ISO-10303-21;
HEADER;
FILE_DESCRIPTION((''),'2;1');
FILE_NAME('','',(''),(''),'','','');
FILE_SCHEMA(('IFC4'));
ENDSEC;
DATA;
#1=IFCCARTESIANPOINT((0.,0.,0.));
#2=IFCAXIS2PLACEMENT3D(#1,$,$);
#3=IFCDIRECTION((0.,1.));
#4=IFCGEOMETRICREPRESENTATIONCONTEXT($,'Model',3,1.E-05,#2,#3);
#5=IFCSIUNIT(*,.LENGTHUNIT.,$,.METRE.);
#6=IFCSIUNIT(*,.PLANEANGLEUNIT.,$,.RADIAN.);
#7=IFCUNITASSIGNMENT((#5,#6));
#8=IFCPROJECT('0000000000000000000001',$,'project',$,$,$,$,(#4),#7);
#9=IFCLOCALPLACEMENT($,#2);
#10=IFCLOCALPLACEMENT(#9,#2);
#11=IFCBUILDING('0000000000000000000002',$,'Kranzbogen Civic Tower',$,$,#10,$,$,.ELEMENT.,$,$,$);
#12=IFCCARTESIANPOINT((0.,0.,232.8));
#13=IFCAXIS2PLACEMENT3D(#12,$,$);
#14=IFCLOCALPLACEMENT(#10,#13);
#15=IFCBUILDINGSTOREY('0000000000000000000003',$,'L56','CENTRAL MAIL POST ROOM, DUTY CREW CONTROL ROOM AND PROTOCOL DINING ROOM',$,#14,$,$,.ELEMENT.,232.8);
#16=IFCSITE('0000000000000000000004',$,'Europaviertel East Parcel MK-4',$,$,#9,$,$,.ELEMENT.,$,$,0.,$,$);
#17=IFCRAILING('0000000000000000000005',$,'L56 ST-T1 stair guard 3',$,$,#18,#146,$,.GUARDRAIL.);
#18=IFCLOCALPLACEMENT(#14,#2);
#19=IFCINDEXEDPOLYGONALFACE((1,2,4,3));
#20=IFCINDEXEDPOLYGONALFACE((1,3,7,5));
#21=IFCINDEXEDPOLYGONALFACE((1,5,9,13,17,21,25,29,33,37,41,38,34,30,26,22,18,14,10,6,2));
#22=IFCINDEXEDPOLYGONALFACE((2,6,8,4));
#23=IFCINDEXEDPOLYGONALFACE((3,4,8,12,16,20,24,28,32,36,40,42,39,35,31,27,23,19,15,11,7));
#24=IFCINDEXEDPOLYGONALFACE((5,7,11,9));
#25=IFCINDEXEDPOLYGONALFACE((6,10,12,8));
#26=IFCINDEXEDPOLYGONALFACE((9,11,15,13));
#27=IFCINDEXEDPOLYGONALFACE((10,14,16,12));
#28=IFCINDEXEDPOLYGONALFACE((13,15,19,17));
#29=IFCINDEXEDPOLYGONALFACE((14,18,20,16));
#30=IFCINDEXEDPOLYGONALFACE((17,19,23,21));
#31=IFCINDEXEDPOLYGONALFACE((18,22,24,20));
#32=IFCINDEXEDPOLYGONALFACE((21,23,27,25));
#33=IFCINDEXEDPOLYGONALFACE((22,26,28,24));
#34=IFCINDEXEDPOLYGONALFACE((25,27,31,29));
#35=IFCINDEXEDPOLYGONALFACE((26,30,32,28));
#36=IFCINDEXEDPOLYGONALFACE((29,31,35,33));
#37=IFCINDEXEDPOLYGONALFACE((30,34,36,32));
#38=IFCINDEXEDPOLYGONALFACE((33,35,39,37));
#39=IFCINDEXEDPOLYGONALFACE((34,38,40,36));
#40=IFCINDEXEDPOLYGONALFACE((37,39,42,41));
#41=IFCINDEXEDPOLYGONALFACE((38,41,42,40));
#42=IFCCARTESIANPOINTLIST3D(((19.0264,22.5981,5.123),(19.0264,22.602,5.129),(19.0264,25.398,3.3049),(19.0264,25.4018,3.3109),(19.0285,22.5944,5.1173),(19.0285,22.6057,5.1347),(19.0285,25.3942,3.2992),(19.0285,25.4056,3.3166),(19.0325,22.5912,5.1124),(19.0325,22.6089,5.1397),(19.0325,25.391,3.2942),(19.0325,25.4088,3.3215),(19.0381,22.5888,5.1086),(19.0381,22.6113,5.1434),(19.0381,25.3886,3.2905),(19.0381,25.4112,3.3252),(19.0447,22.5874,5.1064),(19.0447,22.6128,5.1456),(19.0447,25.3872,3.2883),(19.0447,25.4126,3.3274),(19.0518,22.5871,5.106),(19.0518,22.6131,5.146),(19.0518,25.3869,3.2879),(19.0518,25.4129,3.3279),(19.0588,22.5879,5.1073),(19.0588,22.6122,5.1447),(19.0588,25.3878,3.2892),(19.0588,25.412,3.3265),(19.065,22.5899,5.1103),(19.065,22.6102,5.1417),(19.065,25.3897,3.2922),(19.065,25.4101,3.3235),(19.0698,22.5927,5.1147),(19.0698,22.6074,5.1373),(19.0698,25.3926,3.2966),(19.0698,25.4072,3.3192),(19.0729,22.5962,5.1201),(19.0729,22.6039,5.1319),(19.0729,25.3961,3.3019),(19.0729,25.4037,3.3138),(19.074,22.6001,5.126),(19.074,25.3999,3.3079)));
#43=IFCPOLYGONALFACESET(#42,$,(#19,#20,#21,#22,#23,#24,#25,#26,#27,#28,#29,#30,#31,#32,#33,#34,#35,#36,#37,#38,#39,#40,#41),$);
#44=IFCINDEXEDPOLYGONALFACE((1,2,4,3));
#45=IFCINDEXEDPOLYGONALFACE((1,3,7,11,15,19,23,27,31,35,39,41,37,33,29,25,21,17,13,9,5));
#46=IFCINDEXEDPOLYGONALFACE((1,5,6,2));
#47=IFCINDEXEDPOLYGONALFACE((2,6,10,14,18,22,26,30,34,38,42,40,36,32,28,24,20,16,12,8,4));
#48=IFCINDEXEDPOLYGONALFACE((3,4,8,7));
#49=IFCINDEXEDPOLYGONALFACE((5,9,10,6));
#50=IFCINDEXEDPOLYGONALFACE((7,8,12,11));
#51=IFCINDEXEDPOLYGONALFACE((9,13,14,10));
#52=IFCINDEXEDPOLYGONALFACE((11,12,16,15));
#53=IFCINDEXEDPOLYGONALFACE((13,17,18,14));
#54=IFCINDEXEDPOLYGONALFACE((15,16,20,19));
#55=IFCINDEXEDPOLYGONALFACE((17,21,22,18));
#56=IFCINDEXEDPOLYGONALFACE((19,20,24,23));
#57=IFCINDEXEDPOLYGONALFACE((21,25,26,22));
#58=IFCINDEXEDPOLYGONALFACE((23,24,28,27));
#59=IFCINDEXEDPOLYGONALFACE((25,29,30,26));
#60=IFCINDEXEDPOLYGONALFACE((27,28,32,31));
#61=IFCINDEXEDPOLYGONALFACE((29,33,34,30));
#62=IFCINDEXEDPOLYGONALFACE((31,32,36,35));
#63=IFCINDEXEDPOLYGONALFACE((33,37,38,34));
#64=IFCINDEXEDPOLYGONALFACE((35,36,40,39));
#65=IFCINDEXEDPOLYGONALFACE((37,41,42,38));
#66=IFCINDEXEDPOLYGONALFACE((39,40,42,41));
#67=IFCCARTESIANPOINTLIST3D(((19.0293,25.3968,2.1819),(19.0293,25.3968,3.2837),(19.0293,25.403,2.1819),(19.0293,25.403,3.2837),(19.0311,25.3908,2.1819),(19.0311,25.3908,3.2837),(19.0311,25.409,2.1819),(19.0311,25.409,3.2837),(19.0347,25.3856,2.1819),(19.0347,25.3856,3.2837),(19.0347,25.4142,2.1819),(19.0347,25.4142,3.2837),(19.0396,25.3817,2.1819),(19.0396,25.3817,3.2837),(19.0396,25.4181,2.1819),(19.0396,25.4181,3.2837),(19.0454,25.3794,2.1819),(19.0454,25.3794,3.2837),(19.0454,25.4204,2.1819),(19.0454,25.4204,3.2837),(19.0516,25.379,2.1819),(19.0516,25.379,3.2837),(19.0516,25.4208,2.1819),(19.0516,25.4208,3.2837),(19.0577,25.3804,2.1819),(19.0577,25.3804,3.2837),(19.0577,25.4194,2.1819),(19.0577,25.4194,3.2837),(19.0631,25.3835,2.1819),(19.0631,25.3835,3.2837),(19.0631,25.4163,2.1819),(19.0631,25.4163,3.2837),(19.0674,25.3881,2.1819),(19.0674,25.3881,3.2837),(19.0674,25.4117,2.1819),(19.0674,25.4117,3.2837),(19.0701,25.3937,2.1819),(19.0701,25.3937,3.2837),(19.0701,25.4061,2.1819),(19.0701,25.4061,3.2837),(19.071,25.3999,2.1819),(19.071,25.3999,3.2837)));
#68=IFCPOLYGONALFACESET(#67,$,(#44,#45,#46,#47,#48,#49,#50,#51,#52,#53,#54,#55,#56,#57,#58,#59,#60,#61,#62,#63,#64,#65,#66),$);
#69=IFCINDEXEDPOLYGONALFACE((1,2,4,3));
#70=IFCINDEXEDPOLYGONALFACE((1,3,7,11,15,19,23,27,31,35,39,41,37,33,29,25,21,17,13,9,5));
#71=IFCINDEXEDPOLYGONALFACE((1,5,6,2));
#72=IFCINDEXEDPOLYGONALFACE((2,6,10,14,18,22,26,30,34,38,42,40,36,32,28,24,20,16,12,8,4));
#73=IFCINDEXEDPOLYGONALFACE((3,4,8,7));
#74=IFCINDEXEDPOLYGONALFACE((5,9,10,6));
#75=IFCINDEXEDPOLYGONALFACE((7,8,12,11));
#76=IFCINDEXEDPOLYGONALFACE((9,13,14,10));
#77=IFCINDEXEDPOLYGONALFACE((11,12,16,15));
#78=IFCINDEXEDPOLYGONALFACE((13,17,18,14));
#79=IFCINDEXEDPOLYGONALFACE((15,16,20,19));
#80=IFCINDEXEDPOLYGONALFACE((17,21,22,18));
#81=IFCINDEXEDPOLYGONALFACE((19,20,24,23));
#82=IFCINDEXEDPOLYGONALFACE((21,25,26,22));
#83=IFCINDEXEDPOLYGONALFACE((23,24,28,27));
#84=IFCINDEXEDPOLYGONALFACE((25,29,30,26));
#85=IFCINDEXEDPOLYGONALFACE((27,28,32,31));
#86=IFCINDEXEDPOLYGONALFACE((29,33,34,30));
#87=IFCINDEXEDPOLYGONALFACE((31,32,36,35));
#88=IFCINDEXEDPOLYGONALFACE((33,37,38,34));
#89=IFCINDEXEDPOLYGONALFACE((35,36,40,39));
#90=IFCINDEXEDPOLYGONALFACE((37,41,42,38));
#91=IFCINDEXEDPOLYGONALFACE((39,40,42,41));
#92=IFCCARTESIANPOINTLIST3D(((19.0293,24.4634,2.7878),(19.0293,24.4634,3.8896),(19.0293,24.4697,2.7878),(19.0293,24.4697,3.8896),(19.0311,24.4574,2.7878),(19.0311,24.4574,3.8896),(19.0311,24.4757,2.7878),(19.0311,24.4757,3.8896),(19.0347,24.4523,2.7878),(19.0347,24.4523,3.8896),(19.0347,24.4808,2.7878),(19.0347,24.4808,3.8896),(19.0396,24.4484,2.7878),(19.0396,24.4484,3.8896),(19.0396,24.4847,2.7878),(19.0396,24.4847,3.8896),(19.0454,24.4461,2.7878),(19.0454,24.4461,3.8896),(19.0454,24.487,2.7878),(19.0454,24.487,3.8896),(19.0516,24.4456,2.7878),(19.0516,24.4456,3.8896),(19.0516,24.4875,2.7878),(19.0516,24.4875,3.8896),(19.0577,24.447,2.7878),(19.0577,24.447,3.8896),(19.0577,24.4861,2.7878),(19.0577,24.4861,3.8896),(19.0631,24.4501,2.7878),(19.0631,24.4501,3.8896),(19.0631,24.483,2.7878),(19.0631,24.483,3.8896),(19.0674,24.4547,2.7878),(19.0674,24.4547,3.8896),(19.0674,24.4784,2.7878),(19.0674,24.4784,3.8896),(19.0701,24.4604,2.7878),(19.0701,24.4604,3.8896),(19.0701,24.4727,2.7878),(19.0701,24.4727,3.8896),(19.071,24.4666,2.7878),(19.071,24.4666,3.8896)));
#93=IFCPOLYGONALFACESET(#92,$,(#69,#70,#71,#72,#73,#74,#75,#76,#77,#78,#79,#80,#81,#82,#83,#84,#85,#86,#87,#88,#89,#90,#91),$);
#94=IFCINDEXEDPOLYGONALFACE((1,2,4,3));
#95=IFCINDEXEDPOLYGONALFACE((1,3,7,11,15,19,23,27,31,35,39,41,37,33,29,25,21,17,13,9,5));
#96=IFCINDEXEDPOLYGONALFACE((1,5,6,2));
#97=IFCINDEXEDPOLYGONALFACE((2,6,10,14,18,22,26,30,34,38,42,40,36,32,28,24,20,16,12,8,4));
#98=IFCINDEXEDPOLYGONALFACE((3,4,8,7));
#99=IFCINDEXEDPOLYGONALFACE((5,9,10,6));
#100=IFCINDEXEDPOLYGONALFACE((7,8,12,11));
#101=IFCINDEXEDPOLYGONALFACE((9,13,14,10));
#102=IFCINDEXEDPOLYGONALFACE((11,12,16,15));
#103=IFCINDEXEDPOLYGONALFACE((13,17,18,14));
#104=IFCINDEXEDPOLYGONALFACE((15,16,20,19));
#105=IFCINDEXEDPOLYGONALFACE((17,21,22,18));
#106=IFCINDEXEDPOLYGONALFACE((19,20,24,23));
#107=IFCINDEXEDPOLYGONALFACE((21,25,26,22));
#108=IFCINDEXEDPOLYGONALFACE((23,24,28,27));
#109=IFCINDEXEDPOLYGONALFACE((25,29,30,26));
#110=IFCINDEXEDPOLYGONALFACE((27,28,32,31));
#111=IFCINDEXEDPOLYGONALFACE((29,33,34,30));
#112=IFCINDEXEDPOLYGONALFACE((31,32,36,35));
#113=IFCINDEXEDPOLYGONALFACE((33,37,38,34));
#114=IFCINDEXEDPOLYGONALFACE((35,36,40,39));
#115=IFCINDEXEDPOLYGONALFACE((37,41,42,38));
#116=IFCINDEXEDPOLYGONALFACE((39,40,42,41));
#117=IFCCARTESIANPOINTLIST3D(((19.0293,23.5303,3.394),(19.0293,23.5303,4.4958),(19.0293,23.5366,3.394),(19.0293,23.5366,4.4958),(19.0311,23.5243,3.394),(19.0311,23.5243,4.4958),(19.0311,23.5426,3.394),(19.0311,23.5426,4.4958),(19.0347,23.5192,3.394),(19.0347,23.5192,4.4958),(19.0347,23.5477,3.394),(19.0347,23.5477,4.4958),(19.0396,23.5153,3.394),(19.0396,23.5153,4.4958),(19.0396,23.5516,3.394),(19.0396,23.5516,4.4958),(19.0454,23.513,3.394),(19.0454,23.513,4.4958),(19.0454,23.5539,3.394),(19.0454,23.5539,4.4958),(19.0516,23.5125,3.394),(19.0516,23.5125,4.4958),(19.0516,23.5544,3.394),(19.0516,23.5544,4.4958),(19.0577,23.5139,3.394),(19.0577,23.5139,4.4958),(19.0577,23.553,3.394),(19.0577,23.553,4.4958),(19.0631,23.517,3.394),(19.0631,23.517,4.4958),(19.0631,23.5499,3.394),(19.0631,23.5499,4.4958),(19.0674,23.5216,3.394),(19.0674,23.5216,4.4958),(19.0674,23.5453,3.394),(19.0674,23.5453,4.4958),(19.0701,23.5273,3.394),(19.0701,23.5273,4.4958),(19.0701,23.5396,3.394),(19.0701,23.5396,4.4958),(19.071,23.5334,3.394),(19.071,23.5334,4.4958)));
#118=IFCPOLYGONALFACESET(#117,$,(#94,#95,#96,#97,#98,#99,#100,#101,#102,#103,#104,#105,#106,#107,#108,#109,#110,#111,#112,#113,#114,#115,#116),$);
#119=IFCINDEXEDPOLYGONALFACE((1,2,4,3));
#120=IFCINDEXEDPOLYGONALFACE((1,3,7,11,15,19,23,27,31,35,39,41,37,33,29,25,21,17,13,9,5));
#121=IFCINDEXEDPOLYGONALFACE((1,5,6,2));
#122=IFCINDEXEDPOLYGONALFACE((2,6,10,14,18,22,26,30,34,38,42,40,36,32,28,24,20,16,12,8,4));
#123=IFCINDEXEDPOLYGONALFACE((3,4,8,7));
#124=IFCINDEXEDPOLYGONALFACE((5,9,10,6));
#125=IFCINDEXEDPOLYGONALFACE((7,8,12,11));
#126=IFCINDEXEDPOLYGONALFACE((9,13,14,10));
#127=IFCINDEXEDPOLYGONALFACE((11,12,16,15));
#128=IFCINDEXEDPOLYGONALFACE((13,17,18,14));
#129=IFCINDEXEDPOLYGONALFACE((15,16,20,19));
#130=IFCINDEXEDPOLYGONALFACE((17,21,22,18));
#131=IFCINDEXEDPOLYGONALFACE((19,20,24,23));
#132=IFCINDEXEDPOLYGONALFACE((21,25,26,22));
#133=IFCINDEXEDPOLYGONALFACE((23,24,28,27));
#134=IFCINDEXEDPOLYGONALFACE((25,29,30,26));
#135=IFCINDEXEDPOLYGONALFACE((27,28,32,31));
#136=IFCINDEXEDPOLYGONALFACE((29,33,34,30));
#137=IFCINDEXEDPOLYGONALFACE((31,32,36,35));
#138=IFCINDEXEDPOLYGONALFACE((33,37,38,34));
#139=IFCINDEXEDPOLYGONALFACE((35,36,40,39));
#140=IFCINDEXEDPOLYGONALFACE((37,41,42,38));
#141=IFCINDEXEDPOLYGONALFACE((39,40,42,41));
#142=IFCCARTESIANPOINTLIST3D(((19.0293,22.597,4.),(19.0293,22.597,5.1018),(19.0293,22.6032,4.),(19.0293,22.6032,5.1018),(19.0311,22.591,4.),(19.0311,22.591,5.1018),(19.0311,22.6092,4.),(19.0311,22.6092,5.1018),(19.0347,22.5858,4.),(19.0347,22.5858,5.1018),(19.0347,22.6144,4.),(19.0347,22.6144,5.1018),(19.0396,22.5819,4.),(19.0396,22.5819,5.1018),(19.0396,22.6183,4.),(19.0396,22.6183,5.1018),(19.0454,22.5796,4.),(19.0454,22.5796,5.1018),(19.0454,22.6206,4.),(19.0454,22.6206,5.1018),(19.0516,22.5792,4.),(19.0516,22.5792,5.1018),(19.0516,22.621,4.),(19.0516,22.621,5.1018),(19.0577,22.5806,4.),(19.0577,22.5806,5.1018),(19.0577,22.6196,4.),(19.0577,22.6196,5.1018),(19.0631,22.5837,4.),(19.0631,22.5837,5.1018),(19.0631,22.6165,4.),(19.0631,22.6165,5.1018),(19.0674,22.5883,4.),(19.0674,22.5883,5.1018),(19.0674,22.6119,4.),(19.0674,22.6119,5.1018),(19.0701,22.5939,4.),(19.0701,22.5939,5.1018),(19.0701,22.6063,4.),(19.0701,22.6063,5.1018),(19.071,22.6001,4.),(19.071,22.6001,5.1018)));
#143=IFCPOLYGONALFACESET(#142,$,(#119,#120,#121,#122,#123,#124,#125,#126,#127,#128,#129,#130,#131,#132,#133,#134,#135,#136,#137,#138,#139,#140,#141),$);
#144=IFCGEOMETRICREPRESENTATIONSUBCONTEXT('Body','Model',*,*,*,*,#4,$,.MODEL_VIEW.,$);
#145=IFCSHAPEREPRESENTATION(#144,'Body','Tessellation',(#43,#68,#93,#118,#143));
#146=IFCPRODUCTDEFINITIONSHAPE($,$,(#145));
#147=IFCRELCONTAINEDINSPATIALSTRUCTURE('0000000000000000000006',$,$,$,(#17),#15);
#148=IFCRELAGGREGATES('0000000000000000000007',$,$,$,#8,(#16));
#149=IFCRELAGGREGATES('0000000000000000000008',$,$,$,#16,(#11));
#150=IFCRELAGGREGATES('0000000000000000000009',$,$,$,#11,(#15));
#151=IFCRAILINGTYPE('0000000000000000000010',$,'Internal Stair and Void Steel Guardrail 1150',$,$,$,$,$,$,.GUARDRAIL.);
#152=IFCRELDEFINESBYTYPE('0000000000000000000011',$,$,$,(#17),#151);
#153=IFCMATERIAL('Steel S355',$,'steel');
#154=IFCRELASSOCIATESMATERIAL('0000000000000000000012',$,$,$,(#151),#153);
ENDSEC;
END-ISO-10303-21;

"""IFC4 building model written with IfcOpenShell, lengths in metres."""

from ifc_helpers import new_model, si_unit, direction, frame, origin, origin_2d, place, context, subcontext, project, spatial, circle, extrude, material, type_object, element, save


model = new_model("IFC4")

# Units and contexts
model_context = context("Model", 3, precision=1e-05, world=origin(), true_north=direction((0.0, 1.0)))
body_context = subcontext(model_context, "Body", "Model", "MODEL_VIEW")
ifc_project = project(units=[si_unit("LENGTHUNIT", "METRE"), si_unit("PLANEANGLEUNIT", "RADIAN")], contexts=[model_context])

# Site, building, storey
site_placement = place(None, origin())
site = spatial("IfcSite", under=ifc_project, at=site_placement, Name="Europaviertel East Parcel MK-4", CompositionType="ELEMENT", RefElevation=0.0)
building_placement = place(site_placement, origin())
building = spatial("IfcBuilding", under=site, at=building_placement, Name="Kranzbogen Civic Tower", CompositionType="ELEMENT")
storey_placement = place(building_placement, frame((0.0, 0.0, 232.8)))
storey = spatial("IfcBuildingStorey", under=building, at=storey_placement, Name="L56", Description="CENTRAL MAIL POST ROOM, DUTY CREW CONTROL ROOM AND PROTOCOL DINING ROOM", CompositionType="ELEMENT", Elevation=232.8)

# Shared definitions
ifc_material_1 = material(Name="Steel S355", Category="steel")

# Railing
railing_type_1 = type_object("IfcRailingType", Name="Internal Stair and Void Steel Guardrail 1150", PredefinedType="GUARDRAIL", material=ifc_material_1)
railing_1_placement = place(storey_placement, frame((19.05, 25.3999, 2.1819)))
element("IfcRailing", 1, at=railing_1_placement, inside=storey, type_object=railing_type_1, Name="L56 ST-T1 stair guard 3", PredefinedType="GUARDRAIL", context=body_context, shape_type="SweptSolid", body=[
    extrude(circle(Radius=0.0239, at=origin_2d()), frame((0.0, 0.0, 1.126), z_axis=(0.0, -0.838684, 0.544618), x_axis=(1.0, 0.0, 0.0)), (0.0, 0.0, 1.0), 3.3384),
    extrude(circle(Radius=0.021, at=origin_2d()), origin(), (0.0, 0.0, 1.0), 1.1018),
    extrude(circle(Radius=0.021, at=origin_2d()), frame((0.0, -0.9333, 0.606)), (0.0, 0.0, 1.0), 1.1018),
    extrude(circle(Radius=0.021, at=origin_2d()), frame((0.0, -1.8665, 1.2122)), (0.0, 0.0, 1.0), 1.1018),
    extrude(circle(Radius=0.021, at=origin_2d()), frame((0.0, -2.7998, 1.8181)), (0.0, 0.0, 1.0), 1.1018),
])

save(model, "model.ifc")
